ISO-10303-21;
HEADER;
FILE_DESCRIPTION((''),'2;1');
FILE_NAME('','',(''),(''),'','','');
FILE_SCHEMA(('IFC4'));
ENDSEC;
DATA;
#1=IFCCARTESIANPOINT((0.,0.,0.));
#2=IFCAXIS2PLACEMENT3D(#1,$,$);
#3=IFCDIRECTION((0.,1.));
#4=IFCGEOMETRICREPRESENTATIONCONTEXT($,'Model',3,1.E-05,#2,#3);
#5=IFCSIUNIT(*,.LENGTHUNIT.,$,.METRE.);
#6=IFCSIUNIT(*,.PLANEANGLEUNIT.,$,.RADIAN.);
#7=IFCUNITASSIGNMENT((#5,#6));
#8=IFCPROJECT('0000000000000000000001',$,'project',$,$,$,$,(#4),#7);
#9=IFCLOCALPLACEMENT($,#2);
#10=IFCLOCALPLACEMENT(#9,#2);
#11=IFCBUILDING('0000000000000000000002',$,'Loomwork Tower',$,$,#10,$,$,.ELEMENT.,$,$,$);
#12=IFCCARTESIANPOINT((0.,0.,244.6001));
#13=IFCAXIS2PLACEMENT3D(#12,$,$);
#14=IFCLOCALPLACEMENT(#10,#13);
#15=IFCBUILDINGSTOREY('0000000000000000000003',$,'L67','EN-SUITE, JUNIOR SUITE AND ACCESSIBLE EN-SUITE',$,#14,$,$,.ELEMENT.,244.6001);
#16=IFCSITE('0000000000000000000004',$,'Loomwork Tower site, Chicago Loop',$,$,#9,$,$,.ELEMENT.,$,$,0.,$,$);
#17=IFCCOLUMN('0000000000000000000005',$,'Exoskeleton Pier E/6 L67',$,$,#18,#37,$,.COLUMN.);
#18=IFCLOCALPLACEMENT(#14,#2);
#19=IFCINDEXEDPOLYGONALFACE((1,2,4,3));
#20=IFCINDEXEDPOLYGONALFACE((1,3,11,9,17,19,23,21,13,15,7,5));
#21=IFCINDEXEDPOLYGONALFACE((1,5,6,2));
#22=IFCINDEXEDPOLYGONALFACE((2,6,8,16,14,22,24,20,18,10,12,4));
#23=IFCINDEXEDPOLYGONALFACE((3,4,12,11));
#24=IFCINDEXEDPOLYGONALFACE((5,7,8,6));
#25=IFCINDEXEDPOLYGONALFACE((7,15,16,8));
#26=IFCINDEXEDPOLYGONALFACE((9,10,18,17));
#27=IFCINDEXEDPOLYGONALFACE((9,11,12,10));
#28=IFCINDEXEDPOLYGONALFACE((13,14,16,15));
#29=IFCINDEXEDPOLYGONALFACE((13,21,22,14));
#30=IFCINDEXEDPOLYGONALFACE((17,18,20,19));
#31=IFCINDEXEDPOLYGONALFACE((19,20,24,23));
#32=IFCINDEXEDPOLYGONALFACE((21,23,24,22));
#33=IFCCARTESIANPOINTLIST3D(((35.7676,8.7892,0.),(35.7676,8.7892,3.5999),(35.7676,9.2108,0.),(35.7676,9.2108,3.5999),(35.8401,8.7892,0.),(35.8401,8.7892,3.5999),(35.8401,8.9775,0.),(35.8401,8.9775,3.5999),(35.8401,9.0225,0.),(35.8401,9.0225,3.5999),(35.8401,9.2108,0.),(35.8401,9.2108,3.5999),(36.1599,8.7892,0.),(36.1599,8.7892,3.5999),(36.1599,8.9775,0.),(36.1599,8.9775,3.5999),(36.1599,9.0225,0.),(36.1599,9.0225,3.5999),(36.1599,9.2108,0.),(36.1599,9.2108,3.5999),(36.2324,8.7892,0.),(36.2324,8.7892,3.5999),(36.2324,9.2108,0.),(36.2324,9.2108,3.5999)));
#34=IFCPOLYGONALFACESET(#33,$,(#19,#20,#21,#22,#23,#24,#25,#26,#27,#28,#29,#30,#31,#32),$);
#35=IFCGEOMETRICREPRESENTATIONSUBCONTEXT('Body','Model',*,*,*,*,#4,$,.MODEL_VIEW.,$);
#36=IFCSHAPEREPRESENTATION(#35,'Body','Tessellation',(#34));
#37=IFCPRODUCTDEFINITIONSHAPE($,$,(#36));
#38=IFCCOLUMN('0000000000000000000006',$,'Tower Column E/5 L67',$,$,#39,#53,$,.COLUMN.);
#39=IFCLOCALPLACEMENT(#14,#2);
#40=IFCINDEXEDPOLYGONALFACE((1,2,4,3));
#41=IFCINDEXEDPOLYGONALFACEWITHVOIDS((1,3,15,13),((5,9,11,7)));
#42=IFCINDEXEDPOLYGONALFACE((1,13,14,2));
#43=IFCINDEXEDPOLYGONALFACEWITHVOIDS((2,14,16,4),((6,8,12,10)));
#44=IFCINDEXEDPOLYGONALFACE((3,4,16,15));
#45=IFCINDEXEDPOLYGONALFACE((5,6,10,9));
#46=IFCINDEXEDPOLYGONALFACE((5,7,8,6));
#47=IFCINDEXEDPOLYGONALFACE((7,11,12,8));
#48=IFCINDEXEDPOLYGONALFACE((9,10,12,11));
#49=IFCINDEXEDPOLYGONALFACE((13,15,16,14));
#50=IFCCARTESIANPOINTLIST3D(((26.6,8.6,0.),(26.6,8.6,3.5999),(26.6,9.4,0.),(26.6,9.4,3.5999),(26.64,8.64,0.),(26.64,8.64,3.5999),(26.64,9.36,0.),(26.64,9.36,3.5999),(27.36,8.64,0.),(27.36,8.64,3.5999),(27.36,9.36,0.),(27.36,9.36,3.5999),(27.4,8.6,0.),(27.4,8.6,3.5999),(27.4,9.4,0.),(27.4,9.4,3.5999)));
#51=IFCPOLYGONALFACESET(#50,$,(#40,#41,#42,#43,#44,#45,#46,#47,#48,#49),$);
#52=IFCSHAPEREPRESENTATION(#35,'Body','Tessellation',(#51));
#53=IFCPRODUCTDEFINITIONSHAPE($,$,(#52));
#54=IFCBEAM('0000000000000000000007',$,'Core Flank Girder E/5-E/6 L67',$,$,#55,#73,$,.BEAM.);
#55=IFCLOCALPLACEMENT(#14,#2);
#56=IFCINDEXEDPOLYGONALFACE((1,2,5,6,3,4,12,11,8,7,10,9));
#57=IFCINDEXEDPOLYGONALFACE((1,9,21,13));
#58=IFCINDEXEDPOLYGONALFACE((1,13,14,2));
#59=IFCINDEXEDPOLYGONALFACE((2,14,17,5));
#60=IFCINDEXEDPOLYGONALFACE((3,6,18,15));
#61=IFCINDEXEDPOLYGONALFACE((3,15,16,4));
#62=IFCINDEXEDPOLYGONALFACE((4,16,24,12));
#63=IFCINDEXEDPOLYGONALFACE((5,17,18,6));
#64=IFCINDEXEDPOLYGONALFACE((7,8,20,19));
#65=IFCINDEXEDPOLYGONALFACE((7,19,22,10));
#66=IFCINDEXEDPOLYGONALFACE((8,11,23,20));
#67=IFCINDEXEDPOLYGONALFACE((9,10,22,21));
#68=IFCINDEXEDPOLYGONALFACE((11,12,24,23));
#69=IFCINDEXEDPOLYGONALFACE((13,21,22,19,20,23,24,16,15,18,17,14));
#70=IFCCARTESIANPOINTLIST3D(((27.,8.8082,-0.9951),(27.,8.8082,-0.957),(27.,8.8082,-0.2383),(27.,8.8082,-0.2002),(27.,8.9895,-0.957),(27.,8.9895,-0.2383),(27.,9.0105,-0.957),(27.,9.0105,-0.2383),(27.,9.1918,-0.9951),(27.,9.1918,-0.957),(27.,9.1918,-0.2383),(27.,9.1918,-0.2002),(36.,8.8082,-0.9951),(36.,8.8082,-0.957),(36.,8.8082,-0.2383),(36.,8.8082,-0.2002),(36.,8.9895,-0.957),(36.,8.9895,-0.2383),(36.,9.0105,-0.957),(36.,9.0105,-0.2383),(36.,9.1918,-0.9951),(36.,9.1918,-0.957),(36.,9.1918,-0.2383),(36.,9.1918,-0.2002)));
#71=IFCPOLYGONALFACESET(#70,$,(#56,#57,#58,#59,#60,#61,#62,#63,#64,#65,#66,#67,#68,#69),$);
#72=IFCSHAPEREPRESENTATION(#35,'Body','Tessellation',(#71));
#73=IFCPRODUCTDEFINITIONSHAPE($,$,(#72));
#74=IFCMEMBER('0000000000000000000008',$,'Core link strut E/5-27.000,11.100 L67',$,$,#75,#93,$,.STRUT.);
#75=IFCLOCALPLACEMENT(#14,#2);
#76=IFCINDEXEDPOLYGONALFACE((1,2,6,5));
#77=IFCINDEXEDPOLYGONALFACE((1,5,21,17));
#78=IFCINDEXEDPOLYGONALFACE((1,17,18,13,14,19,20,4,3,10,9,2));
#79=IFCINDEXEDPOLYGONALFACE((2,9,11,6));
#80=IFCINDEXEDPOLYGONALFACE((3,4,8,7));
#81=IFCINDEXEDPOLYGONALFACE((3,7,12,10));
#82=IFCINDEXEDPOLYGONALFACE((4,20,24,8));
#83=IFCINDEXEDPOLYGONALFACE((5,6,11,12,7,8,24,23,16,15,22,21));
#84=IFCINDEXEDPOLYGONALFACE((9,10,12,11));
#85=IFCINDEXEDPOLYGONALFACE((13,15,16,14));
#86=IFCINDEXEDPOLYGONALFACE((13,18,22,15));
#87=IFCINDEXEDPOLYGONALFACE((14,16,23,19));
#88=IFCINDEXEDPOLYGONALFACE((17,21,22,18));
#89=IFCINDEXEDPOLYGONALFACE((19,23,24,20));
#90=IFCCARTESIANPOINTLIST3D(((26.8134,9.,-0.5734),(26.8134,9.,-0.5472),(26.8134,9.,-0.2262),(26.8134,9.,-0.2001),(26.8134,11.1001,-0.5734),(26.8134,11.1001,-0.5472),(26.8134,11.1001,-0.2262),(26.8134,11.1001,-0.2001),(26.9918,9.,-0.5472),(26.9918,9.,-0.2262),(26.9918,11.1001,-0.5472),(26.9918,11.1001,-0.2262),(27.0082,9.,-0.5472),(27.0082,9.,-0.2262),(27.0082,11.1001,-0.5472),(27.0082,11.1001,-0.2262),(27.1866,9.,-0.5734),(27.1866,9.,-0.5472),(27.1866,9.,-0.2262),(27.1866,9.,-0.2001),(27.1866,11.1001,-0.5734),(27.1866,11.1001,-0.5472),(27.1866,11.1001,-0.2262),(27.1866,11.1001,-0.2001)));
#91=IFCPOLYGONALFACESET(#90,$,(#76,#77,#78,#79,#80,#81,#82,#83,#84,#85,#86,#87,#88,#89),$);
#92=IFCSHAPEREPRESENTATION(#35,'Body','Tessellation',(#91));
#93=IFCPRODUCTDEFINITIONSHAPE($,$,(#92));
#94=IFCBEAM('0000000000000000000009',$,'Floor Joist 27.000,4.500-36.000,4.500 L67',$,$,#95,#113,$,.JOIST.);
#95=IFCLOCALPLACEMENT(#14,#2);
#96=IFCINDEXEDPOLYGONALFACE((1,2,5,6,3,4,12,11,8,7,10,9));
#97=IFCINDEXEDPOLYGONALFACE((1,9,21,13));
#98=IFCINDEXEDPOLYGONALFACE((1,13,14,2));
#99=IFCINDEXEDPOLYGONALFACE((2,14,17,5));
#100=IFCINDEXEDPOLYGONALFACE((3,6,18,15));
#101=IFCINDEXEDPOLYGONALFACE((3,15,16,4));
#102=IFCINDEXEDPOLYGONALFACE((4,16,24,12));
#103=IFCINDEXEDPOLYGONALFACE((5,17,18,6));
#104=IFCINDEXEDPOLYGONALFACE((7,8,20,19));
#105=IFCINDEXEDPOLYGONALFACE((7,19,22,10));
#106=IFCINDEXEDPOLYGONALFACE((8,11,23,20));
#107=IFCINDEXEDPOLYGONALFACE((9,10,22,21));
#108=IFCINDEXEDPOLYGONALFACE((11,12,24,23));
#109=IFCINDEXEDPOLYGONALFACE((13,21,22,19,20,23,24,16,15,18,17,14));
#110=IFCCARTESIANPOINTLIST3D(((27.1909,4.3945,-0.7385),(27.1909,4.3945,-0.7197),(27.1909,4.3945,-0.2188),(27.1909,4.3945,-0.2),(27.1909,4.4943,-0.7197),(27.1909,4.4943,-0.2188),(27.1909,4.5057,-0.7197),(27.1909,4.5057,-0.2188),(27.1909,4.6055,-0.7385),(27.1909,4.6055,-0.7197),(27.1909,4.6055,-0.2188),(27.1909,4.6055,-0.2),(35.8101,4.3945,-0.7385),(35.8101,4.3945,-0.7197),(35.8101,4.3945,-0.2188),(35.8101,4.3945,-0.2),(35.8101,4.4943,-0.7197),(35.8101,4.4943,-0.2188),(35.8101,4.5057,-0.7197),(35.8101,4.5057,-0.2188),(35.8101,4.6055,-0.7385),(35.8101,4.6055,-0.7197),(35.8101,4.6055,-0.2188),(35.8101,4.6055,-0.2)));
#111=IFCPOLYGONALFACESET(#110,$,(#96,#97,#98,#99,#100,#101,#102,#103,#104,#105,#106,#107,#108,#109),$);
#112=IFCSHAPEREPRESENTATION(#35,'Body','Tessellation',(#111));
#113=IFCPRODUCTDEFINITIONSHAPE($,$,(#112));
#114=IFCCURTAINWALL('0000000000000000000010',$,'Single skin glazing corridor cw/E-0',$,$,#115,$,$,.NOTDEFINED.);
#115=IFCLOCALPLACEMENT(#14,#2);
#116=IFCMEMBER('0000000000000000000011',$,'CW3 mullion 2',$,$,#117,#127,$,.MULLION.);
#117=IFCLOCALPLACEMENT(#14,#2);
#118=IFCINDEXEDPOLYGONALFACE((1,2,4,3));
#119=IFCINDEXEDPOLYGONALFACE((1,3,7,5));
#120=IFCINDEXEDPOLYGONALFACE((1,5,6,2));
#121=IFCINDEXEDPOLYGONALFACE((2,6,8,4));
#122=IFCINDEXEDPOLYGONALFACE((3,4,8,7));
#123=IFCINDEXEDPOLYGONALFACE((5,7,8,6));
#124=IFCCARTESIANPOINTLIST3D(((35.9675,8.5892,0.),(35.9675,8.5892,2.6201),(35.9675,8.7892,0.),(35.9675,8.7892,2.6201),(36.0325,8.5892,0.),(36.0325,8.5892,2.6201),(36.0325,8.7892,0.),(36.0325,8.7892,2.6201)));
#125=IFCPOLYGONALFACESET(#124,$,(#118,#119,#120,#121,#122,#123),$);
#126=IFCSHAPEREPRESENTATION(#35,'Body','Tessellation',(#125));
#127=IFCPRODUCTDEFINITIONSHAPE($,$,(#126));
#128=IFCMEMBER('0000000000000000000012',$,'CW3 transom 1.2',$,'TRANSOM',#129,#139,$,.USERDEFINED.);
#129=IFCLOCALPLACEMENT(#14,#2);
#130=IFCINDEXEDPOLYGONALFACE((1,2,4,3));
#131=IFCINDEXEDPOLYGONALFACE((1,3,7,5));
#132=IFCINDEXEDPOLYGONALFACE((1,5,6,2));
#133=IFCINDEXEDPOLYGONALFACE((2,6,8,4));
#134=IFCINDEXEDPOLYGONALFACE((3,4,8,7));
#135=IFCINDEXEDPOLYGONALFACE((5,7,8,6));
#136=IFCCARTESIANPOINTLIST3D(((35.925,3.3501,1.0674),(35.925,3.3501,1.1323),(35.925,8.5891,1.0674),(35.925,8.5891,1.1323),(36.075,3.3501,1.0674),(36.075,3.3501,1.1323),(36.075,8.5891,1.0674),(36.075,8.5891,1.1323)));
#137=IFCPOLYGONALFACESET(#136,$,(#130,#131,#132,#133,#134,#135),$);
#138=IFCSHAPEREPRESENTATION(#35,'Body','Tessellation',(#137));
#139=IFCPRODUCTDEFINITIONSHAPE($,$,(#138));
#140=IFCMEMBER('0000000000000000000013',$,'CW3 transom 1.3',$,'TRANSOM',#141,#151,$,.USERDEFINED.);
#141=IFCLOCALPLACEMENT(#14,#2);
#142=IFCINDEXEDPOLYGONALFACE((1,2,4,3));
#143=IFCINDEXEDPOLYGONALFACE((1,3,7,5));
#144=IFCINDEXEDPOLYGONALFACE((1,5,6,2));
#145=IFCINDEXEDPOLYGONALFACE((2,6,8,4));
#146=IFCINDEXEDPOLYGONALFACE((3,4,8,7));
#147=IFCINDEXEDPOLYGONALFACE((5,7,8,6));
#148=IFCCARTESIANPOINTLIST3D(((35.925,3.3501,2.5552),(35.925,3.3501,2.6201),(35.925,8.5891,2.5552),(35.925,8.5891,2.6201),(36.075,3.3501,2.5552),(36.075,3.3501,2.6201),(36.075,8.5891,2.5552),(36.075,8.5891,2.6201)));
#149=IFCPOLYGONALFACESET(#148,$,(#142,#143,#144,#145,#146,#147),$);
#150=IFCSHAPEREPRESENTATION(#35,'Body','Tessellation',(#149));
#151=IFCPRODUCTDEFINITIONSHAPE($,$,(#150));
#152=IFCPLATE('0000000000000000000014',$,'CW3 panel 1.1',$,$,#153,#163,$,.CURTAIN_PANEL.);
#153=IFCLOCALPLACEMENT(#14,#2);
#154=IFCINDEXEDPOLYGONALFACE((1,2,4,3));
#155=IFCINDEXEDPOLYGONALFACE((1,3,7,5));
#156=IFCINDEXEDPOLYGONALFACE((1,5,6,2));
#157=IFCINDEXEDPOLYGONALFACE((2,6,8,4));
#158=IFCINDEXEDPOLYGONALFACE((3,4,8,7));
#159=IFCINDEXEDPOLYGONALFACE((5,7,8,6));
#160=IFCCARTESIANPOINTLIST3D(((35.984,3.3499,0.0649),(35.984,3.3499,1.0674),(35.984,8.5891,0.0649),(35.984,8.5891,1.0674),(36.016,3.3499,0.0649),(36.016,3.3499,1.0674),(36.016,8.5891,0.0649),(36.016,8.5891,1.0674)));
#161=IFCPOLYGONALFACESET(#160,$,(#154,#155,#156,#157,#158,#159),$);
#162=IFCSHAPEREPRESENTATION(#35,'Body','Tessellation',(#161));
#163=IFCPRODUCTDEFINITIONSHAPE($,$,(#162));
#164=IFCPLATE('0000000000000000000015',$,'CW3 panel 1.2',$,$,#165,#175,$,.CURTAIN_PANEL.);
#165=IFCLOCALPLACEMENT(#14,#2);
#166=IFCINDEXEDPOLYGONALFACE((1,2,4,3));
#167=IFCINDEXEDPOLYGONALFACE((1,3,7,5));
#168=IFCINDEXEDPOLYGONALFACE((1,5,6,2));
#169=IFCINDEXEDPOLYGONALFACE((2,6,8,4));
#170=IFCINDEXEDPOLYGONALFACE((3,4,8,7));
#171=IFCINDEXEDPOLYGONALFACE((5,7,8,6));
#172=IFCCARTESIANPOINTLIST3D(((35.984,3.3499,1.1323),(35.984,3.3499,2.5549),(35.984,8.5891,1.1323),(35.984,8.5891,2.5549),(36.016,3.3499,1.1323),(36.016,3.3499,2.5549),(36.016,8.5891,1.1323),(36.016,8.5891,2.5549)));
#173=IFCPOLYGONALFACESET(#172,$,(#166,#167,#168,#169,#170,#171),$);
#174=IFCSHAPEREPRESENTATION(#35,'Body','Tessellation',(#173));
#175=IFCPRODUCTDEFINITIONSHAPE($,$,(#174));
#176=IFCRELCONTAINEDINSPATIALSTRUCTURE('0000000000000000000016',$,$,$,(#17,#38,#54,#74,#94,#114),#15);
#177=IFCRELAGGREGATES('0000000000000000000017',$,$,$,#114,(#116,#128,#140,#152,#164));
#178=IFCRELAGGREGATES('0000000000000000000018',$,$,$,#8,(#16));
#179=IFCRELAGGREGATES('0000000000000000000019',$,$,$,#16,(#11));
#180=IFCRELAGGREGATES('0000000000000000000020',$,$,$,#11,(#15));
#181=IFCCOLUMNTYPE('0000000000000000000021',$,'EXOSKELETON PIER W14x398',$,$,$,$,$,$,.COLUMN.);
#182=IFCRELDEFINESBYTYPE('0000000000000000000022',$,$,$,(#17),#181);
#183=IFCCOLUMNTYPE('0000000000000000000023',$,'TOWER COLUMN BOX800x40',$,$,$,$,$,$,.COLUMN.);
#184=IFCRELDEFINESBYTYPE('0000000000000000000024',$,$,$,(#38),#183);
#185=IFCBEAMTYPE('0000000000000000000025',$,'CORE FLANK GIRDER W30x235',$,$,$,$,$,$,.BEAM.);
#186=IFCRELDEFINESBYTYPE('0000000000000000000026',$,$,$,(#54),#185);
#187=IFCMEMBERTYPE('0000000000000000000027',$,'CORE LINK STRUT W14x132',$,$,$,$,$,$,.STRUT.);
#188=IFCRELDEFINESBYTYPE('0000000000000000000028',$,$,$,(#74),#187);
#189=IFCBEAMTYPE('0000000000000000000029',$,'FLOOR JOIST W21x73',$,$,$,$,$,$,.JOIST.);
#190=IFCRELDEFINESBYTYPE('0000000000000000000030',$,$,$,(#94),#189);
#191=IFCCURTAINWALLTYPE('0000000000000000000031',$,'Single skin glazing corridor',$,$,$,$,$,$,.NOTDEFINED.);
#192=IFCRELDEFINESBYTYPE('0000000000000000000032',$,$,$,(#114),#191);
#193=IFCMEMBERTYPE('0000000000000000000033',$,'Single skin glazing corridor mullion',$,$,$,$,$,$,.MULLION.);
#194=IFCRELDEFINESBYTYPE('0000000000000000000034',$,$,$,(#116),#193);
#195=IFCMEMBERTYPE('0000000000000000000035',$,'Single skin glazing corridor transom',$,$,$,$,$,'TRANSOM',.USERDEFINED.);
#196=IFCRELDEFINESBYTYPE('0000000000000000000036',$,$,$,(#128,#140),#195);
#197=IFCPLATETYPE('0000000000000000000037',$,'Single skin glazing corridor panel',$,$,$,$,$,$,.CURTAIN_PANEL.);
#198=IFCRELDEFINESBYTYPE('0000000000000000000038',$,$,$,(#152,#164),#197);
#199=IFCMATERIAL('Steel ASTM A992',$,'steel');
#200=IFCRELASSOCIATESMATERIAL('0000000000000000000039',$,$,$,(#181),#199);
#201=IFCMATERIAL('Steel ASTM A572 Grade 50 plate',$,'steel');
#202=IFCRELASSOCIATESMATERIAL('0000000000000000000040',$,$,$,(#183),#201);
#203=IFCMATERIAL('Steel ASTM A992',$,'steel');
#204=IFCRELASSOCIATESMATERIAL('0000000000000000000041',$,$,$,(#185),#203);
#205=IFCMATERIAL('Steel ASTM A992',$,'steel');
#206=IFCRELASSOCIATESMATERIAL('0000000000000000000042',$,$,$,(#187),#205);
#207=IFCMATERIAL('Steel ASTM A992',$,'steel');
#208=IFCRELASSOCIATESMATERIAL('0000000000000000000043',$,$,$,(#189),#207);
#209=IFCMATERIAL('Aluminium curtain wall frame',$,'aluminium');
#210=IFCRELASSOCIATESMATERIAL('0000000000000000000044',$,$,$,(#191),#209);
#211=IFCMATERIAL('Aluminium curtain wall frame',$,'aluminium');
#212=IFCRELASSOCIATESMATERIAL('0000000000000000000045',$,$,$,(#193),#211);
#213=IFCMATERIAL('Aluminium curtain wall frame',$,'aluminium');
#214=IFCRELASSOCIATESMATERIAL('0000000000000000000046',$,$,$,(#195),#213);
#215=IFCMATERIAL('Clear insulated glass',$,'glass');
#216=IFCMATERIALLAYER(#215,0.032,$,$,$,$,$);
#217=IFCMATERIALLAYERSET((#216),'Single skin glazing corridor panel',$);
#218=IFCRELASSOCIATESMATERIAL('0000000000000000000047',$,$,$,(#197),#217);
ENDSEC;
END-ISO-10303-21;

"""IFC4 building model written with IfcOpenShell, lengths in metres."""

from ifc_helpers import new_model, si_unit, direction, frame, origin, origin_2d, place, context, subcontext, project, spatial, rectangle, hollow_rectangle, i_section, extrude, material, layer, layer_set, material_profile, profile_set, type_object, element, aggregate, save


model = new_model("IFC4")

# Units and contexts
model_context = context("Model", 3, precision=1e-05, world=origin(), true_north=direction((0.0, 1.0)))
body_context = subcontext(model_context, "Body", "Model", "MODEL_VIEW")
ifc_project = project(units=[si_unit("LENGTHUNIT", "METRE"), si_unit("PLANEANGLEUNIT", "RADIAN")], contexts=[model_context])

# Site, building, storey
site_placement = place(None, origin())
site = spatial("IfcSite", under=ifc_project, at=site_placement, Name="Loomwork Tower site, Chicago Loop", CompositionType="ELEMENT", RefElevation=0.0)
building_placement = place(site_placement, origin())
building = spatial("IfcBuilding", under=site, at=building_placement, Name="Loomwork Tower", CompositionType="ELEMENT")
storey_placement = place(building_placement, frame((0.0, 0.0, 244.6001)))
storey = spatial("IfcBuildingStorey", under=building, at=storey_placement, Name="L67", Description="EN-SUITE, JUNIOR SUITE AND ACCESSIBLE EN-SUITE", CompositionType="ELEMENT", Elevation=244.6001)

# Columns
ifc_material_1 = material(Name="Steel ASTM A992", Category="steel")
ifc_material_profile_1 = material_profile(ifc_material_1, i_section(OverallWidth=0.4216, OverallDepth=0.4648, WebThickness=0.0449, FlangeThickness=0.0725, at=origin_2d()), Name="W14x398")
ifc_profile_set_1 = profile_set([ifc_material_profile_1], Name="Steel ASTM A992")
column_type_1 = type_object("IfcColumnType", Name="EXOSKELETON PIER W14x398", PredefinedType="COLUMN", material=ifc_profile_set_1)
column_1_placement = place(storey_placement, frame((36.0, 9.0, 0.0), z_axis=(0.0, 0.0, 1.0), x_axis=(0.0, 1.0, 0.0)))
element("IfcColumn", 1, at=column_1_placement, inside=storey, type_object=column_type_1, Name="Exoskeleton Pier E/6 L67", PredefinedType="COLUMN", context=body_context, shape_type="SweptSolid", body=[
    extrude(i_section(OverallWidth=0.4216, OverallDepth=0.4648, WebThickness=0.0449, FlangeThickness=0.0725, at=origin_2d()), origin(), (0.0, 0.0, 1.0), 3.5999),
])
ifc_material_2 = material(Name="Steel ASTM A572 Grade 50 plate", Category="steel")
ifc_material_profile_2 = material_profile(ifc_material_2, hollow_rectangle(XDim=0.8, YDim=0.8, WallThickness=0.04, at=origin_2d()), Name="BOX800x40")
ifc_profile_set_2 = profile_set([ifc_material_profile_2], Name="Steel ASTM A572 Grade 50 plate")
column_type_2 = type_object("IfcColumnType", Name="TOWER COLUMN BOX800x40", PredefinedType="COLUMN", material=ifc_profile_set_2)
column_2_placement = place(storey_placement, frame((27.0, 9.0, 0.0), z_axis=(0.0, 0.0, 1.0), x_axis=(1.0, 0.0, 0.0)))
element("IfcColumn", 2, at=column_2_placement, inside=storey, type_object=column_type_2, Name="Tower Column E/5 L67", PredefinedType="COLUMN", context=body_context, shape_type="SweptSolid", body=[
    extrude(hollow_rectangle(XDim=0.8, YDim=0.8, WallThickness=0.04, at=origin_2d()), origin(), (0.0, 0.0, 1.0), 3.5999),
])

# Beam
ifc_material_3 = material(Name="Steel ASTM A992", Category="steel")
ifc_material_profile_3 = material_profile(ifc_material_3, i_section(OverallWidth=0.3835, OverallDepth=0.7949, WebThickness=0.021, FlangeThickness=0.0381, at=origin_2d()), Name="W30x235")
ifc_profile_set_3 = profile_set([ifc_material_profile_3], Name="Steel ASTM A992")
beam_type_1 = type_object("IfcBeamType", Name="CORE FLANK GIRDER W30x235", PredefinedType="BEAM", material=ifc_profile_set_3)
beam_1_placement = place(storey_placement, frame((27.0, 9.0, -0.5977), z_axis=(1.0, 0.0, 0.0), x_axis=(0.0, 1.0, 0.0)))
element("IfcBeam", 3, at=beam_1_placement, inside=storey, type_object=beam_type_1, Name="Core Flank Girder E/5-E/6 L67", PredefinedType="BEAM", context=body_context, shape_type="SweptSolid", body=[
    extrude(i_section(OverallWidth=0.3835, OverallDepth=0.7949, WebThickness=0.021, FlangeThickness=0.0381, at=origin_2d()), origin(), (0.0, 0.0, 1.0), 9.0),
])

# Member
ifc_material_4 = material(Name="Steel ASTM A992", Category="steel")
ifc_material_profile_4 = material_profile(ifc_material_4, i_section(OverallWidth=0.3733, OverallDepth=0.3733, WebThickness=0.0164, FlangeThickness=0.0261, at=origin_2d()), Name="W14x132")
ifc_profile_set_4 = profile_set([ifc_material_profile_4], Name="Steel ASTM A992")
member_type_1 = type_object("IfcMemberType", Name="CORE LINK STRUT W14x132", PredefinedType="STRUT", material=ifc_profile_set_4)
member_1_placement = place(storey_placement, frame((27.0, 9.0, -0.3867), z_axis=(0.0, 1.0, 0.0), x_axis=(-1.0, 0.0, 0.0)))
element("IfcMember", 4, at=member_1_placement, inside=storey, type_object=member_type_1, Name="Core link strut E/5-27.000,11.100 L67", PredefinedType="STRUT", context=body_context, shape_type="SweptSolid", body=[
    extrude(i_section(OverallWidth=0.3733, OverallDepth=0.3733, WebThickness=0.0164, FlangeThickness=0.0261, at=origin_2d()), origin(), (0.0, 0.0, 1.0), 2.1001),
])

# Beam
ifc_material_5 = material(Name="Steel ASTM A992", Category="steel")
ifc_material_profile_5 = material_profile(ifc_material_5, i_section(OverallWidth=0.2109, OverallDepth=0.5386, WebThickness=0.0115, FlangeThickness=0.0188, at=origin_2d()), Name="W21x73")
ifc_profile_set_5 = profile_set([ifc_material_profile_5], Name="Steel ASTM A992")
beam_type_2 = type_object("IfcBeamType", Name="FLOOR JOIST W21x73", PredefinedType="JOIST", material=ifc_profile_set_5)
beam_2_placement = place(storey_placement, frame((27.1909, 4.5, -0.4692), z_axis=(1.0, 0.0, 0.0), x_axis=(0.0, 1.0, 0.0)))
element("IfcBeam", 5, at=beam_2_placement, inside=storey, type_object=beam_type_2, Name="Floor Joist 27.000,4.500-36.000,4.500 L67", PredefinedType="JOIST", context=body_context, shape_type="SweptSolid", body=[
    extrude(i_section(OverallWidth=0.2109, OverallDepth=0.5386, WebThickness=0.0115, FlangeThickness=0.0188, at=origin_2d()), origin(), (0.0, 0.0, 1.0), 8.6191),
])

# Curtain wall, members, plates
ifc_material_6 = material(Name="Aluminium curtain wall frame", Category="aluminium")
curtain_wall_type = type_object("IfcCurtainWallType", Name="Single skin glazing corridor", PredefinedType="NOTDEFINED", material=ifc_material_6)
curtain_wall_placement = place(storey_placement, origin())
curtain_wall = element("IfcCurtainWall", 6, at=curtain_wall_placement, inside=storey, type_object=curtain_wall_type, Name="Single skin glazing corridor cw/E-0", PredefinedType="NOTDEFINED")
ifc_material_7 = material(Name="Aluminium curtain wall frame", Category="aluminium")
ifc_material_profile_6 = material_profile(ifc_material_7, rectangle(XDim=0.0649, YDim=0.2, at=origin_2d()), Name="AL 65x200")
ifc_profile_set_6 = profile_set([ifc_material_profile_6], Name="Aluminium curtain wall frame")
member_type_2 = type_object("IfcMemberType", Name="Single skin glazing corridor mullion", PredefinedType="MULLION", material=ifc_profile_set_6)
member_2_placement = place(storey_placement, frame((36.0, 8.6892, 0.0), z_axis=(0.0, 0.0, 1.0), x_axis=(-1.0, 0.0, 0.0)))
member_2 = element("IfcMember", 7, at=member_2_placement, type_object=member_type_2, Name="CW3 mullion 2", PredefinedType="MULLION", context=body_context, shape_type="SweptSolid", body=[
    extrude(rectangle(XDim=0.0649, YDim=0.2, at=origin_2d()), origin(), (0.0, 0.0, 1.0), 2.6201),
])
ifc_material_8 = material(Name="Aluminium curtain wall frame", Category="aluminium")
ifc_material_profile_7 = material_profile(ifc_material_8, rectangle(XDim=0.1499, YDim=0.0649, at=origin_2d()), Name="AL 65x150")
ifc_profile_set_7 = profile_set([ifc_material_profile_7], Name="Aluminium curtain wall frame")
member_type_3 = type_object("IfcMemberType", Name="Single skin glazing corridor transom", ElementType="TRANSOM", PredefinedType="USERDEFINED", material=ifc_profile_set_7)
member_3_placement = place(storey_placement, frame((36.0, 3.3501, 1.0999), z_axis=(0.0, 1.0, 0.0), x_axis=(-1.0, 0.0, 0.0)))
member_3 = element("IfcMember", 8, at=member_3_placement, type_object=member_type_3, Name="CW3 transom 1.2", ObjectType="TRANSOM", PredefinedType="USERDEFINED", context=body_context, shape_type="SweptSolid", body=[
    extrude(rectangle(XDim=0.1499, YDim=0.0649, at=origin_2d()), origin(), (0.0, 0.0, 1.0), 5.239),
])
member_4_placement = place(storey_placement, frame((36.0, 3.3501, 2.5876), z_axis=(0.0, 1.0, 0.0), x_axis=(-1.0, 0.0, 0.0)))
member_4 = element("IfcMember", 9, at=member_4_placement, type_object=member_type_3, Name="CW3 transom 1.3", ObjectType="TRANSOM", PredefinedType="USERDEFINED", context=body_context, shape_type="SweptSolid", body=[
    extrude(rectangle(XDim=0.1499, YDim=0.0649, at=origin_2d()), origin(), (0.0, 0.0, 1.0), 5.239),
])
ifc_material_9 = material(Name="Clear insulated glass", Category="glass")
ifc_layer_1 = layer(ifc_material_9, 0.032)
ifc_layer_set_1 = layer_set([ifc_layer_1], Name="Single skin glazing corridor panel")
plate_type = type_object("IfcPlateType", Name="Single skin glazing corridor panel", PredefinedType="CURTAIN_PANEL", material=ifc_layer_set_1)
plate_1_placement = place(storey_placement, frame((36.0, 5.9695, 0.0649), z_axis=(0.0, 0.0, 1.0), x_axis=(0.0, 1.0, 0.0)))
plate_1 = element("IfcPlate", 10, at=plate_1_placement, type_object=plate_type, Name="CW3 panel 1.1", PredefinedType="CURTAIN_PANEL", context=body_context, shape_type="SweptSolid", body=[
    extrude(rectangle(XDim=5.2393, YDim=0.032, at=origin_2d()), origin(), (0.0, 0.0, 1.0), 1.0024),
])
plate_2_placement = place(storey_placement, frame((36.0, 5.9695, 1.1323), z_axis=(0.0, 0.0, 1.0), x_axis=(0.0, 1.0, 0.0)))
plate_2 = element("IfcPlate", 11, at=plate_2_placement, type_object=plate_type, Name="CW3 panel 1.2", PredefinedType="CURTAIN_PANEL", context=body_context, shape_type="SweptSolid", body=[
    extrude(rectangle(XDim=5.2393, YDim=0.032, at=origin_2d()), origin(), (0.0, 0.0, 1.0), 1.4226),
])
aggregate(curtain_wall, [member_2, member_3, member_4, plate_1, plate_2])

save(model, "model.ifc")
